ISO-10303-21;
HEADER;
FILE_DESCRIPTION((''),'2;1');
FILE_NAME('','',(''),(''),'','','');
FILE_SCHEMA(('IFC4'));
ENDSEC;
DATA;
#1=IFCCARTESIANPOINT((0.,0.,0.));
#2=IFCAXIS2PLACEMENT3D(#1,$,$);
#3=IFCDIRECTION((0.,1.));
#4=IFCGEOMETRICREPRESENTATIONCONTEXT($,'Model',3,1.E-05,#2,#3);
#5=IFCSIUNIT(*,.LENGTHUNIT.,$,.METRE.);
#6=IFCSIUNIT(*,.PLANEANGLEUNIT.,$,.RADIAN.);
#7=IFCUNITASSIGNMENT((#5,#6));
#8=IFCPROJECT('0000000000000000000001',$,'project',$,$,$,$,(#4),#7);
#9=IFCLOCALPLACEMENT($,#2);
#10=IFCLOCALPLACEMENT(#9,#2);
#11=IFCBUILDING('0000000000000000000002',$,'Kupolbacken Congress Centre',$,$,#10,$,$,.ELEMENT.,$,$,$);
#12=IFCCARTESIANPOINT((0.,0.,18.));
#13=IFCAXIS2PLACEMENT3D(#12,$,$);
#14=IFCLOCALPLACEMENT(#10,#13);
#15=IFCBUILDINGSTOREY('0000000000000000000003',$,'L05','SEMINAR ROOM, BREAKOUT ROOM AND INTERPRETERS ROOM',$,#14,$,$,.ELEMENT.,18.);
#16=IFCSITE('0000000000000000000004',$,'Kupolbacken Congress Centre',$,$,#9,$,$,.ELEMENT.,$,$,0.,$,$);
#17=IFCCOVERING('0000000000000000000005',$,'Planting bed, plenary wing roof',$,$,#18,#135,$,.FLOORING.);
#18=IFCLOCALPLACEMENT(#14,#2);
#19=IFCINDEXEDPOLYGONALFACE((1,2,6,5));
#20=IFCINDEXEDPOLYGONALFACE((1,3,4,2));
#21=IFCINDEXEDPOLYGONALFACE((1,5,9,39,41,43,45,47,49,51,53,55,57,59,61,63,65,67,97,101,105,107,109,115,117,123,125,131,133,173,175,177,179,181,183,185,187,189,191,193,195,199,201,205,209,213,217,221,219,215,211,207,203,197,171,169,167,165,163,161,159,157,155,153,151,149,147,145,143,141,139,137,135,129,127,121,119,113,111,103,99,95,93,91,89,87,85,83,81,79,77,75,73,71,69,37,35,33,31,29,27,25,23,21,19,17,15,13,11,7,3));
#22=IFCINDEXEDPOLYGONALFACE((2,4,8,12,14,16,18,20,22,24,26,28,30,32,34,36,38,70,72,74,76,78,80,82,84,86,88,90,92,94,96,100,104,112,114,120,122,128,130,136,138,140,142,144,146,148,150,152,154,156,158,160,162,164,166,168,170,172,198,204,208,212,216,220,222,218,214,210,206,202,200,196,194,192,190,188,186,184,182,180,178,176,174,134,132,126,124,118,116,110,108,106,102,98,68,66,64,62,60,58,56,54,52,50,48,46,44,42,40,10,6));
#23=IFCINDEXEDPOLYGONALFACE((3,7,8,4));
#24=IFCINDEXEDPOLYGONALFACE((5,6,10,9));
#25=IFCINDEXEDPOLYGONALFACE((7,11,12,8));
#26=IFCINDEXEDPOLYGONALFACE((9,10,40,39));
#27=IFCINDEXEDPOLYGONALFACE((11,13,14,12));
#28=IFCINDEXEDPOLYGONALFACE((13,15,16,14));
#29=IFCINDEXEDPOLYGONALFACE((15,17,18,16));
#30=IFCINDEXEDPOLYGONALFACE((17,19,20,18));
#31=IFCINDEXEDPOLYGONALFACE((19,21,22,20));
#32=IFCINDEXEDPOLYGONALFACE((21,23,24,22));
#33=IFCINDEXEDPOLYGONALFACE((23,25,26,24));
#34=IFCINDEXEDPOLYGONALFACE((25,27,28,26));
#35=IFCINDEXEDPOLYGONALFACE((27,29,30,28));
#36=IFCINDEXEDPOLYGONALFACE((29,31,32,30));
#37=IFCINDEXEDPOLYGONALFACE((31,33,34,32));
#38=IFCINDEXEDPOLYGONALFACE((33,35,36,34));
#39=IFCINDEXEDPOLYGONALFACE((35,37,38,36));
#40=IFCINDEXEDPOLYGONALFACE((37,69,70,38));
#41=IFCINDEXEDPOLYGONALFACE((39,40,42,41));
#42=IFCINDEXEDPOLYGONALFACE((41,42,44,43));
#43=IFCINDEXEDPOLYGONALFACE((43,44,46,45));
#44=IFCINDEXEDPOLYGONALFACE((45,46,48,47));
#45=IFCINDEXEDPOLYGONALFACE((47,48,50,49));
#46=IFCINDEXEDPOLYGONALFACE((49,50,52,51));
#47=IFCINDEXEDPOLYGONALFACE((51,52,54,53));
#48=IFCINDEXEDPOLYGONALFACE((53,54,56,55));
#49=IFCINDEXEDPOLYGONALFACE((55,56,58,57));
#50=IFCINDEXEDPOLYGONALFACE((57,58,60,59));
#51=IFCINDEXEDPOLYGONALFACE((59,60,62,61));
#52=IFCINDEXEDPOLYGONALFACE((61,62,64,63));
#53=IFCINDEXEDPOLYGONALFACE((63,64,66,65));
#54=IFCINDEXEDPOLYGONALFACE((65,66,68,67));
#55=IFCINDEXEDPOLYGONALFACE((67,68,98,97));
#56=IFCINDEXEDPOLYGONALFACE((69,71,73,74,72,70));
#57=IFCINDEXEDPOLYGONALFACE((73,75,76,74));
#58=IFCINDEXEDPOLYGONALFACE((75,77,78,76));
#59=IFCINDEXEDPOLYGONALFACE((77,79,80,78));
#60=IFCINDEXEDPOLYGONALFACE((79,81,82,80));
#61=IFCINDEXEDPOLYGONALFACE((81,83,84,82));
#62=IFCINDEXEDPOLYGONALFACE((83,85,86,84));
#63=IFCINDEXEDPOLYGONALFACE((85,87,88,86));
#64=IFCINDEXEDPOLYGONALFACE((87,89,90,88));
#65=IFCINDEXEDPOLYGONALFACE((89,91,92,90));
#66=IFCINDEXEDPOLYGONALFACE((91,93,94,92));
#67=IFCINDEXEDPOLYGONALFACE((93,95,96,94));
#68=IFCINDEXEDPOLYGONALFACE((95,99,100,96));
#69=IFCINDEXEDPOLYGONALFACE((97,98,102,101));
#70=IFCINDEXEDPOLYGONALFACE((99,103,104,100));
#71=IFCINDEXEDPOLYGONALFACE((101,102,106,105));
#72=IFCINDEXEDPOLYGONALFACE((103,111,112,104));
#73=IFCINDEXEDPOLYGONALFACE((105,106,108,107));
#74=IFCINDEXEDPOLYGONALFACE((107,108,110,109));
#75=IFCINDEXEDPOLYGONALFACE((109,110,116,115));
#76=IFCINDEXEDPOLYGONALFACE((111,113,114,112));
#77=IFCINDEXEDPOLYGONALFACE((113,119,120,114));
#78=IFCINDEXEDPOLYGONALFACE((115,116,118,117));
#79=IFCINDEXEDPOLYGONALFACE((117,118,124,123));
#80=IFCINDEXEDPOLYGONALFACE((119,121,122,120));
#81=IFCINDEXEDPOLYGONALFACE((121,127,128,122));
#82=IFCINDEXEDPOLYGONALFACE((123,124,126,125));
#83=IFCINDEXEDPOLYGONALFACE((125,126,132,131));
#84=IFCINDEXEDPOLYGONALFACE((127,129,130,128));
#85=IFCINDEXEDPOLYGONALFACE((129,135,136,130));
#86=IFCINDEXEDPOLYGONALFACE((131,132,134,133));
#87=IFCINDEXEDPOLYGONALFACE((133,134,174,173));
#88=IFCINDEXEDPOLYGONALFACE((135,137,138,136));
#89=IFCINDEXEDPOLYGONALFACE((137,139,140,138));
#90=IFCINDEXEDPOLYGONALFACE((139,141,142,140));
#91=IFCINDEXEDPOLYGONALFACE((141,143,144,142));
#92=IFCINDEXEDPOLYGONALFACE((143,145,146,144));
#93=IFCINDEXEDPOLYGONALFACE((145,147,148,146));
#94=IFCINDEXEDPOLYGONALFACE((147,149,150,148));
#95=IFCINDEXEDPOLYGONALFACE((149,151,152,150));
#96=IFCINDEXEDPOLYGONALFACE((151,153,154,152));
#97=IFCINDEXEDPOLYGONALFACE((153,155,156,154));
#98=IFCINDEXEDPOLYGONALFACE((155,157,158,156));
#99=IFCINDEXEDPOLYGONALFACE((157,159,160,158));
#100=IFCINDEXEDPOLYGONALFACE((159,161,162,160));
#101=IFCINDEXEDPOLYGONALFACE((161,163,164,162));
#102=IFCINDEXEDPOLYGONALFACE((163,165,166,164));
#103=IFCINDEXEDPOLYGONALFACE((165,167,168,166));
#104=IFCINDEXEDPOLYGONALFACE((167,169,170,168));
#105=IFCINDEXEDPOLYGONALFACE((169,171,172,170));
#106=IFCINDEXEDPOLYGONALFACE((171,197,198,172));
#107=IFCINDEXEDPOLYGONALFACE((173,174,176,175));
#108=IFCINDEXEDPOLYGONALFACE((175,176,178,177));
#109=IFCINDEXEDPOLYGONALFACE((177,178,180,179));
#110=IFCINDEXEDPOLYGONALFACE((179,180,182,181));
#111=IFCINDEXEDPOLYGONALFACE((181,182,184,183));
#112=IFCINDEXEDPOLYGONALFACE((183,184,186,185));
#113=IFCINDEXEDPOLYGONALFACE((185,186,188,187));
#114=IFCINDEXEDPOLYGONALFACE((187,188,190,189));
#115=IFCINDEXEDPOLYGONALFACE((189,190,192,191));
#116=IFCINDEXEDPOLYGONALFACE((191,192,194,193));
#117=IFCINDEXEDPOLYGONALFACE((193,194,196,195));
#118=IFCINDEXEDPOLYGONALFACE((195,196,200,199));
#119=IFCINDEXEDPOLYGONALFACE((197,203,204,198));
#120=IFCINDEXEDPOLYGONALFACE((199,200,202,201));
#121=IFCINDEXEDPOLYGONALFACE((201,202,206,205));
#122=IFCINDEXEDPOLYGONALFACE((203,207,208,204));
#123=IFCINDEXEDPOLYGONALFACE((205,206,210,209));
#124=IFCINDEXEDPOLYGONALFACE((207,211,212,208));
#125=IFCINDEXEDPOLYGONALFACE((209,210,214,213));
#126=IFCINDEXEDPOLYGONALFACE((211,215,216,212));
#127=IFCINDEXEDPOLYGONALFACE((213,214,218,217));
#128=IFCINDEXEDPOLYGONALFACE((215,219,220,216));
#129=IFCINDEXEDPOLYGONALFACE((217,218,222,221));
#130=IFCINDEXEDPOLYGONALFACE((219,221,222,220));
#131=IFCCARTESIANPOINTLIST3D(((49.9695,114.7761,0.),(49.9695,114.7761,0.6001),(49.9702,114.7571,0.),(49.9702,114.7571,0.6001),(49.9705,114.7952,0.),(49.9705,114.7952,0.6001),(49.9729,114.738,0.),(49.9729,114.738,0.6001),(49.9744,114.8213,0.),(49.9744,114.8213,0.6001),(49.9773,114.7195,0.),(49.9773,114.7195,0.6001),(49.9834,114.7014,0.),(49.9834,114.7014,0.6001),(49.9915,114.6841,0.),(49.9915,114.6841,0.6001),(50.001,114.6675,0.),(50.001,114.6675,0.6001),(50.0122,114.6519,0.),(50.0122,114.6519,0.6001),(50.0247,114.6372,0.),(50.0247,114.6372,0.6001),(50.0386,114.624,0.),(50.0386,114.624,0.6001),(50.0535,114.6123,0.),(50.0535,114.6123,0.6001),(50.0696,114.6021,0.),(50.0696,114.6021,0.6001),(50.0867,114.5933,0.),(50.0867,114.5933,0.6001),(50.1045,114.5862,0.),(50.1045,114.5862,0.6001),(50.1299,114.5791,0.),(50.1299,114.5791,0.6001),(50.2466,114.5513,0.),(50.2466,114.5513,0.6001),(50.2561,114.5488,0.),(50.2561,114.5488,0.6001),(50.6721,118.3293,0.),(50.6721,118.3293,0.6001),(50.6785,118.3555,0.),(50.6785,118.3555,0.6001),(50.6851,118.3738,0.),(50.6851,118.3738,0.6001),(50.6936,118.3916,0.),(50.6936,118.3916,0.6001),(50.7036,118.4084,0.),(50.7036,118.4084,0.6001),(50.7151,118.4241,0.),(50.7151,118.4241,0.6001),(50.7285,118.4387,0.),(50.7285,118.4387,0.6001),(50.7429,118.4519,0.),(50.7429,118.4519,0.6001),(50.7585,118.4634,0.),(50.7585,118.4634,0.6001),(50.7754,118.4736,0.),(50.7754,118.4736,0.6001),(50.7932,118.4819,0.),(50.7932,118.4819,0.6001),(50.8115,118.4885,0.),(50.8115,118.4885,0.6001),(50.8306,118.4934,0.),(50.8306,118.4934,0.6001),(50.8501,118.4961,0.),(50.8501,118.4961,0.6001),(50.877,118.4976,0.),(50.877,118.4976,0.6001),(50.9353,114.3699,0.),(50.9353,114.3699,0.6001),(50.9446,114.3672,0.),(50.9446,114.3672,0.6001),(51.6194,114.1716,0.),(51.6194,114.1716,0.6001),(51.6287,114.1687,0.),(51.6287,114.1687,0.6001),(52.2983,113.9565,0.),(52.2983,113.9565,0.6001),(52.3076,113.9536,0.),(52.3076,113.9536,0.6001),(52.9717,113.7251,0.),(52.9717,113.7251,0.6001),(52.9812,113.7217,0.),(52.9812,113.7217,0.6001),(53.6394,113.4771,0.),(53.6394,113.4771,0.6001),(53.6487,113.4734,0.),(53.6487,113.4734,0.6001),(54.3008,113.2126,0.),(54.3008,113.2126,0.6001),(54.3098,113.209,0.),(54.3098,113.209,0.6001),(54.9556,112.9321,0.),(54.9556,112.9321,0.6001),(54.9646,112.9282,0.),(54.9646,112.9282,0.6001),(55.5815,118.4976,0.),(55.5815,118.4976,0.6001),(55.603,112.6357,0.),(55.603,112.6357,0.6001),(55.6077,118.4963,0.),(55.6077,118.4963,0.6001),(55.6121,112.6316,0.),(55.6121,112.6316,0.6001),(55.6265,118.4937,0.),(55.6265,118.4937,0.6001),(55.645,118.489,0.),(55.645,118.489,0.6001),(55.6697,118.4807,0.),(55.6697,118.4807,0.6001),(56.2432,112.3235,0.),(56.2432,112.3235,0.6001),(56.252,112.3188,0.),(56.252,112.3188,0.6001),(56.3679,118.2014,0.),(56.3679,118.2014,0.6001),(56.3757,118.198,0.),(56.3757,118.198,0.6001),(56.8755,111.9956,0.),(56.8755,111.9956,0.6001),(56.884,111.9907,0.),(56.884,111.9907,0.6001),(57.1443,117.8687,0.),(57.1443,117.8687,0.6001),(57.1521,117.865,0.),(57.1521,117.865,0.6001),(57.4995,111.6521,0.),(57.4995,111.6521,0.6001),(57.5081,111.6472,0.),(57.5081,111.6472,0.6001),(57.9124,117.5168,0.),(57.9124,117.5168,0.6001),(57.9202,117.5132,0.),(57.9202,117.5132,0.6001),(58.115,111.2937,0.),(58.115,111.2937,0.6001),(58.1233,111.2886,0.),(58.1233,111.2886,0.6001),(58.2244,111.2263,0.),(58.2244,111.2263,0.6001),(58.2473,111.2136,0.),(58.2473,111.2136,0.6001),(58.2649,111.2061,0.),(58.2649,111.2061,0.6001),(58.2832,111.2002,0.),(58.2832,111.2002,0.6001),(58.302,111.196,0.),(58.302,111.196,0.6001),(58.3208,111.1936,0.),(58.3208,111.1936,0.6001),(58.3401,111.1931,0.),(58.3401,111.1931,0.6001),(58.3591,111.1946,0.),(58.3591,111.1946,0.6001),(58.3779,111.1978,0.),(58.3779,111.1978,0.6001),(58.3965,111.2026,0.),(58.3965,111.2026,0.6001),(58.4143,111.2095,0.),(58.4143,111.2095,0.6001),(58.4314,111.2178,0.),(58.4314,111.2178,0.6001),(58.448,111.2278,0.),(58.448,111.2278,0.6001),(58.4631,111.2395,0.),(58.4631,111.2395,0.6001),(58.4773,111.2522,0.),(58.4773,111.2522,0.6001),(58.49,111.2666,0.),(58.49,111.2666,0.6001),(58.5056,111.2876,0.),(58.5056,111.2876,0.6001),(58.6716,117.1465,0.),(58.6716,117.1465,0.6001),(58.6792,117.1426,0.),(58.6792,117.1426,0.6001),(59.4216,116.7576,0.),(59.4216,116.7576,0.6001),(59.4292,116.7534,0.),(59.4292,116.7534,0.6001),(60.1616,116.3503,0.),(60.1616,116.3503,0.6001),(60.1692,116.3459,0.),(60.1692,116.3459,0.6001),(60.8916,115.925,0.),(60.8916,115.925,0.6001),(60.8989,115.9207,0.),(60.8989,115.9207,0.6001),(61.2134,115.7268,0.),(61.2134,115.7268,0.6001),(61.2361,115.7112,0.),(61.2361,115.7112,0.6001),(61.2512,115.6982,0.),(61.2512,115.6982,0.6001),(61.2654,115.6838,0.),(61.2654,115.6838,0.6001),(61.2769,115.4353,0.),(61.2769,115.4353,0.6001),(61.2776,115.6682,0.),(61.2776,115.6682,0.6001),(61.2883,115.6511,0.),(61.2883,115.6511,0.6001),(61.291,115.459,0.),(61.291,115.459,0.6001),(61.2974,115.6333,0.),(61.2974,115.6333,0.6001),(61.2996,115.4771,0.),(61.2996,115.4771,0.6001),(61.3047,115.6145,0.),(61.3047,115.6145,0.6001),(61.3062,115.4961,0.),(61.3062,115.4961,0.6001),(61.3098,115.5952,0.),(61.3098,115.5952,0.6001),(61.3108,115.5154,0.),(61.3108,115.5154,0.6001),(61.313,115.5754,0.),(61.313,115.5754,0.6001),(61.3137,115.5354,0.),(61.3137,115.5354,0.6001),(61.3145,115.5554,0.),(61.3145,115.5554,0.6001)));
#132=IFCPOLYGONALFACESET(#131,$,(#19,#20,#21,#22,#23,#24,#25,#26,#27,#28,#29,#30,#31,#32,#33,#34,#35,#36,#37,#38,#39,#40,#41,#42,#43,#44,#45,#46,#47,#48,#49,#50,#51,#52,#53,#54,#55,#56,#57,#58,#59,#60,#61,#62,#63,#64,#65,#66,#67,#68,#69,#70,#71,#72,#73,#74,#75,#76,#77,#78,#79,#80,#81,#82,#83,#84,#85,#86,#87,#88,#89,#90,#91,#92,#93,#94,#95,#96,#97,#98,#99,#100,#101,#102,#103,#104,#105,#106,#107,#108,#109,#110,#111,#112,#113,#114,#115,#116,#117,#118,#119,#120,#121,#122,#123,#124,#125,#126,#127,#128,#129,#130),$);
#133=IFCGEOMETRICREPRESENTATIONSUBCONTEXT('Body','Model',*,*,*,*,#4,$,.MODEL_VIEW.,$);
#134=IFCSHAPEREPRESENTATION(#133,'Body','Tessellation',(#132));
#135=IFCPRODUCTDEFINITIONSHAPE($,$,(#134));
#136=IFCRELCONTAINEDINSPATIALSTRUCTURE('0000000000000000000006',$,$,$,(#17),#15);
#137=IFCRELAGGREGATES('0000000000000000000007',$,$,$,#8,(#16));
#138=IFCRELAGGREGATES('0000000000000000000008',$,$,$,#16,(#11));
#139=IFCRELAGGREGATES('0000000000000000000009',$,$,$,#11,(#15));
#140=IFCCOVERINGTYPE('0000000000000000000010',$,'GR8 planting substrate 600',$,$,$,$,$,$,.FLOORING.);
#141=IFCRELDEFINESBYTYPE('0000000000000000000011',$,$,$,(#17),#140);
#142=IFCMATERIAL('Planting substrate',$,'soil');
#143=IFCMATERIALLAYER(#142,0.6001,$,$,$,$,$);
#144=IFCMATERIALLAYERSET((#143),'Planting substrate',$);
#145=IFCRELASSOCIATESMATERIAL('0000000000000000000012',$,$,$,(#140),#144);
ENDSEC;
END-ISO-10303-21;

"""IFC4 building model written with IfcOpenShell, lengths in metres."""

from ifc_helpers import new_model, si_unit, direction, frame, origin, place, context, subcontext, project, spatial, polyline, outline, extrude, material, layer, layer_set, type_object, element, save


model = new_model("IFC4")

# Units and contexts
model_context = context("Model", 3, precision=1e-05, world=origin(), true_north=direction((0.0, 1.0)))
body_context = subcontext(model_context, "Body", "Model", "MODEL_VIEW")
ifc_project = project(units=[si_unit("LENGTHUNIT", "METRE"), si_unit("PLANEANGLEUNIT", "RADIAN")], contexts=[model_context])

# Site, building, storey
site_placement = place(None, origin())
site = spatial("IfcSite", under=ifc_project, at=site_placement, Name="Kupolbacken Congress Centre", CompositionType="ELEMENT", RefElevation=0.0)
building_placement = place(site_placement, origin())
building = spatial("IfcBuilding", under=site, at=building_placement, Name="Kupolbacken Congress Centre", CompositionType="ELEMENT")
storey_placement = place(building_placement, frame((0.0, 0.0, 18.0)))
storey = spatial("IfcBuildingStorey", under=building, at=storey_placement, Name="L05", Description="SEMINAR ROOM, BREAKOUT ROOM AND INTERPRETERS ROOM", CompositionType="ELEMENT", Elevation=18.0)

# Covering
ifc_material_1 = material(Name="Planting substrate", Category="soil")
ifc_layer_1 = layer(ifc_material_1, 0.6001)
ifc_layer_set_1 = layer_set([ifc_layer_1], Name="Planting substrate")
covering_type_1 = type_object("IfcCoveringType", Name="GR8 planting substrate 600", PredefinedType="FLOORING", material=ifc_layer_set_1)
covering_1_placement = place(storey_placement, origin())
element("IfcCovering", 1, at=covering_1_placement, inside=storey, type_object=covering_type_1, Name="Planting bed, plenary wing roof", PredefinedType="FLOORING", context=body_context, shape_type="SweptSolid", body=[
    extrude(outline(polyline([(55.5815, 118.4976), (55.6077, 118.4963), (55.6265, 118.4937), (55.645, 118.489), (55.6697, 118.4807), (56.3679, 118.2014), (56.3757, 118.198), (57.1443, 117.8687), (57.1521, 117.865), (57.9124, 117.5168), (57.9202, 117.5132), (58.6716, 117.1465), (58.6792, 117.1426), (59.4216, 116.7576), (59.4292, 116.7534), (60.1616, 116.3503), (60.1692, 116.3459), (60.8916, 115.925), (60.8989, 115.9207), (61.2134, 115.7268), (61.2361, 115.7112), (61.2512, 115.6982), (61.2654, 115.6838), (61.2776, 115.6682), (61.2883, 115.6511), (61.2974, 115.6333), (61.3047, 115.6145), (61.3098, 115.5952), (61.313, 115.5754), (61.3145, 115.5554), (61.3137, 115.5354), (61.3108, 115.5154), (61.3062, 115.4961), (61.2996, 115.4771), (61.291, 115.459), (61.2769, 115.4353), (58.5056, 111.2876), (58.49, 111.2666), (58.4773, 111.2522), (58.4631, 111.2395), (58.448, 111.2278), (58.4314, 111.2178), (58.4143, 111.2095), (58.3965, 111.2026), (58.3779, 111.1978), (58.3591, 111.1946), (58.3401, 111.1931), (58.3208, 111.1936), (58.302, 111.196), (58.2832, 111.2002), (58.2649, 111.2061), (58.2473, 111.2136), (58.2244, 111.2263), (58.1233, 111.2886), (58.115, 111.2937), (57.5081, 111.6472), (57.4995, 111.6521), (56.884, 111.9907), (56.8755, 111.9956), (56.252, 112.3188), (56.2432, 112.3235), (55.6121, 112.6316), (55.603, 112.6357), (54.9646, 112.9282), (54.9556, 112.9321), (54.3098, 113.209), (54.3008, 113.2126), (53.6487, 113.4734), (53.6394, 113.4771), (52.9812, 113.7217), (52.9717, 113.7251), (52.3076, 113.9536), (52.2983, 113.9565), (51.6287, 114.1687), (51.6194, 114.1716), (50.9446, 114.3672), (50.9353, 114.3699), (50.2561, 114.5488), (50.2466, 114.5513), (50.1299, 114.5791), (50.1045, 114.5862), (50.0867, 114.5933), (50.0696, 114.6021), (50.0535, 114.6123), (50.0386, 114.624), (50.0247, 114.6372), (50.0122, 114.6519), (50.001, 114.6675), (49.9915, 114.6841), (49.9834, 114.7014), (49.9773, 114.7195), (49.9729, 114.738), (49.9702, 114.7571), (49.9695, 114.7761), (49.9705, 114.7952), (49.9744, 114.8213), (50.6721, 118.3293), (50.6785, 118.3555), (50.6851, 118.3738), (50.6936, 118.3916), (50.7036, 118.4084), (50.7151, 118.4241), (50.7285, 118.4387), (50.7429, 118.4519), (50.7585, 118.4634), (50.7754, 118.4736), (50.7932, 118.4819), (50.8115, 118.4885), (50.8306, 118.4934), (50.8501, 118.4961), (50.877, 118.4976), (55.5815, 118.4976)])), origin(), (0.0, 0.0, 1.0), 0.6001),
])

save(model, "model.ifc")
